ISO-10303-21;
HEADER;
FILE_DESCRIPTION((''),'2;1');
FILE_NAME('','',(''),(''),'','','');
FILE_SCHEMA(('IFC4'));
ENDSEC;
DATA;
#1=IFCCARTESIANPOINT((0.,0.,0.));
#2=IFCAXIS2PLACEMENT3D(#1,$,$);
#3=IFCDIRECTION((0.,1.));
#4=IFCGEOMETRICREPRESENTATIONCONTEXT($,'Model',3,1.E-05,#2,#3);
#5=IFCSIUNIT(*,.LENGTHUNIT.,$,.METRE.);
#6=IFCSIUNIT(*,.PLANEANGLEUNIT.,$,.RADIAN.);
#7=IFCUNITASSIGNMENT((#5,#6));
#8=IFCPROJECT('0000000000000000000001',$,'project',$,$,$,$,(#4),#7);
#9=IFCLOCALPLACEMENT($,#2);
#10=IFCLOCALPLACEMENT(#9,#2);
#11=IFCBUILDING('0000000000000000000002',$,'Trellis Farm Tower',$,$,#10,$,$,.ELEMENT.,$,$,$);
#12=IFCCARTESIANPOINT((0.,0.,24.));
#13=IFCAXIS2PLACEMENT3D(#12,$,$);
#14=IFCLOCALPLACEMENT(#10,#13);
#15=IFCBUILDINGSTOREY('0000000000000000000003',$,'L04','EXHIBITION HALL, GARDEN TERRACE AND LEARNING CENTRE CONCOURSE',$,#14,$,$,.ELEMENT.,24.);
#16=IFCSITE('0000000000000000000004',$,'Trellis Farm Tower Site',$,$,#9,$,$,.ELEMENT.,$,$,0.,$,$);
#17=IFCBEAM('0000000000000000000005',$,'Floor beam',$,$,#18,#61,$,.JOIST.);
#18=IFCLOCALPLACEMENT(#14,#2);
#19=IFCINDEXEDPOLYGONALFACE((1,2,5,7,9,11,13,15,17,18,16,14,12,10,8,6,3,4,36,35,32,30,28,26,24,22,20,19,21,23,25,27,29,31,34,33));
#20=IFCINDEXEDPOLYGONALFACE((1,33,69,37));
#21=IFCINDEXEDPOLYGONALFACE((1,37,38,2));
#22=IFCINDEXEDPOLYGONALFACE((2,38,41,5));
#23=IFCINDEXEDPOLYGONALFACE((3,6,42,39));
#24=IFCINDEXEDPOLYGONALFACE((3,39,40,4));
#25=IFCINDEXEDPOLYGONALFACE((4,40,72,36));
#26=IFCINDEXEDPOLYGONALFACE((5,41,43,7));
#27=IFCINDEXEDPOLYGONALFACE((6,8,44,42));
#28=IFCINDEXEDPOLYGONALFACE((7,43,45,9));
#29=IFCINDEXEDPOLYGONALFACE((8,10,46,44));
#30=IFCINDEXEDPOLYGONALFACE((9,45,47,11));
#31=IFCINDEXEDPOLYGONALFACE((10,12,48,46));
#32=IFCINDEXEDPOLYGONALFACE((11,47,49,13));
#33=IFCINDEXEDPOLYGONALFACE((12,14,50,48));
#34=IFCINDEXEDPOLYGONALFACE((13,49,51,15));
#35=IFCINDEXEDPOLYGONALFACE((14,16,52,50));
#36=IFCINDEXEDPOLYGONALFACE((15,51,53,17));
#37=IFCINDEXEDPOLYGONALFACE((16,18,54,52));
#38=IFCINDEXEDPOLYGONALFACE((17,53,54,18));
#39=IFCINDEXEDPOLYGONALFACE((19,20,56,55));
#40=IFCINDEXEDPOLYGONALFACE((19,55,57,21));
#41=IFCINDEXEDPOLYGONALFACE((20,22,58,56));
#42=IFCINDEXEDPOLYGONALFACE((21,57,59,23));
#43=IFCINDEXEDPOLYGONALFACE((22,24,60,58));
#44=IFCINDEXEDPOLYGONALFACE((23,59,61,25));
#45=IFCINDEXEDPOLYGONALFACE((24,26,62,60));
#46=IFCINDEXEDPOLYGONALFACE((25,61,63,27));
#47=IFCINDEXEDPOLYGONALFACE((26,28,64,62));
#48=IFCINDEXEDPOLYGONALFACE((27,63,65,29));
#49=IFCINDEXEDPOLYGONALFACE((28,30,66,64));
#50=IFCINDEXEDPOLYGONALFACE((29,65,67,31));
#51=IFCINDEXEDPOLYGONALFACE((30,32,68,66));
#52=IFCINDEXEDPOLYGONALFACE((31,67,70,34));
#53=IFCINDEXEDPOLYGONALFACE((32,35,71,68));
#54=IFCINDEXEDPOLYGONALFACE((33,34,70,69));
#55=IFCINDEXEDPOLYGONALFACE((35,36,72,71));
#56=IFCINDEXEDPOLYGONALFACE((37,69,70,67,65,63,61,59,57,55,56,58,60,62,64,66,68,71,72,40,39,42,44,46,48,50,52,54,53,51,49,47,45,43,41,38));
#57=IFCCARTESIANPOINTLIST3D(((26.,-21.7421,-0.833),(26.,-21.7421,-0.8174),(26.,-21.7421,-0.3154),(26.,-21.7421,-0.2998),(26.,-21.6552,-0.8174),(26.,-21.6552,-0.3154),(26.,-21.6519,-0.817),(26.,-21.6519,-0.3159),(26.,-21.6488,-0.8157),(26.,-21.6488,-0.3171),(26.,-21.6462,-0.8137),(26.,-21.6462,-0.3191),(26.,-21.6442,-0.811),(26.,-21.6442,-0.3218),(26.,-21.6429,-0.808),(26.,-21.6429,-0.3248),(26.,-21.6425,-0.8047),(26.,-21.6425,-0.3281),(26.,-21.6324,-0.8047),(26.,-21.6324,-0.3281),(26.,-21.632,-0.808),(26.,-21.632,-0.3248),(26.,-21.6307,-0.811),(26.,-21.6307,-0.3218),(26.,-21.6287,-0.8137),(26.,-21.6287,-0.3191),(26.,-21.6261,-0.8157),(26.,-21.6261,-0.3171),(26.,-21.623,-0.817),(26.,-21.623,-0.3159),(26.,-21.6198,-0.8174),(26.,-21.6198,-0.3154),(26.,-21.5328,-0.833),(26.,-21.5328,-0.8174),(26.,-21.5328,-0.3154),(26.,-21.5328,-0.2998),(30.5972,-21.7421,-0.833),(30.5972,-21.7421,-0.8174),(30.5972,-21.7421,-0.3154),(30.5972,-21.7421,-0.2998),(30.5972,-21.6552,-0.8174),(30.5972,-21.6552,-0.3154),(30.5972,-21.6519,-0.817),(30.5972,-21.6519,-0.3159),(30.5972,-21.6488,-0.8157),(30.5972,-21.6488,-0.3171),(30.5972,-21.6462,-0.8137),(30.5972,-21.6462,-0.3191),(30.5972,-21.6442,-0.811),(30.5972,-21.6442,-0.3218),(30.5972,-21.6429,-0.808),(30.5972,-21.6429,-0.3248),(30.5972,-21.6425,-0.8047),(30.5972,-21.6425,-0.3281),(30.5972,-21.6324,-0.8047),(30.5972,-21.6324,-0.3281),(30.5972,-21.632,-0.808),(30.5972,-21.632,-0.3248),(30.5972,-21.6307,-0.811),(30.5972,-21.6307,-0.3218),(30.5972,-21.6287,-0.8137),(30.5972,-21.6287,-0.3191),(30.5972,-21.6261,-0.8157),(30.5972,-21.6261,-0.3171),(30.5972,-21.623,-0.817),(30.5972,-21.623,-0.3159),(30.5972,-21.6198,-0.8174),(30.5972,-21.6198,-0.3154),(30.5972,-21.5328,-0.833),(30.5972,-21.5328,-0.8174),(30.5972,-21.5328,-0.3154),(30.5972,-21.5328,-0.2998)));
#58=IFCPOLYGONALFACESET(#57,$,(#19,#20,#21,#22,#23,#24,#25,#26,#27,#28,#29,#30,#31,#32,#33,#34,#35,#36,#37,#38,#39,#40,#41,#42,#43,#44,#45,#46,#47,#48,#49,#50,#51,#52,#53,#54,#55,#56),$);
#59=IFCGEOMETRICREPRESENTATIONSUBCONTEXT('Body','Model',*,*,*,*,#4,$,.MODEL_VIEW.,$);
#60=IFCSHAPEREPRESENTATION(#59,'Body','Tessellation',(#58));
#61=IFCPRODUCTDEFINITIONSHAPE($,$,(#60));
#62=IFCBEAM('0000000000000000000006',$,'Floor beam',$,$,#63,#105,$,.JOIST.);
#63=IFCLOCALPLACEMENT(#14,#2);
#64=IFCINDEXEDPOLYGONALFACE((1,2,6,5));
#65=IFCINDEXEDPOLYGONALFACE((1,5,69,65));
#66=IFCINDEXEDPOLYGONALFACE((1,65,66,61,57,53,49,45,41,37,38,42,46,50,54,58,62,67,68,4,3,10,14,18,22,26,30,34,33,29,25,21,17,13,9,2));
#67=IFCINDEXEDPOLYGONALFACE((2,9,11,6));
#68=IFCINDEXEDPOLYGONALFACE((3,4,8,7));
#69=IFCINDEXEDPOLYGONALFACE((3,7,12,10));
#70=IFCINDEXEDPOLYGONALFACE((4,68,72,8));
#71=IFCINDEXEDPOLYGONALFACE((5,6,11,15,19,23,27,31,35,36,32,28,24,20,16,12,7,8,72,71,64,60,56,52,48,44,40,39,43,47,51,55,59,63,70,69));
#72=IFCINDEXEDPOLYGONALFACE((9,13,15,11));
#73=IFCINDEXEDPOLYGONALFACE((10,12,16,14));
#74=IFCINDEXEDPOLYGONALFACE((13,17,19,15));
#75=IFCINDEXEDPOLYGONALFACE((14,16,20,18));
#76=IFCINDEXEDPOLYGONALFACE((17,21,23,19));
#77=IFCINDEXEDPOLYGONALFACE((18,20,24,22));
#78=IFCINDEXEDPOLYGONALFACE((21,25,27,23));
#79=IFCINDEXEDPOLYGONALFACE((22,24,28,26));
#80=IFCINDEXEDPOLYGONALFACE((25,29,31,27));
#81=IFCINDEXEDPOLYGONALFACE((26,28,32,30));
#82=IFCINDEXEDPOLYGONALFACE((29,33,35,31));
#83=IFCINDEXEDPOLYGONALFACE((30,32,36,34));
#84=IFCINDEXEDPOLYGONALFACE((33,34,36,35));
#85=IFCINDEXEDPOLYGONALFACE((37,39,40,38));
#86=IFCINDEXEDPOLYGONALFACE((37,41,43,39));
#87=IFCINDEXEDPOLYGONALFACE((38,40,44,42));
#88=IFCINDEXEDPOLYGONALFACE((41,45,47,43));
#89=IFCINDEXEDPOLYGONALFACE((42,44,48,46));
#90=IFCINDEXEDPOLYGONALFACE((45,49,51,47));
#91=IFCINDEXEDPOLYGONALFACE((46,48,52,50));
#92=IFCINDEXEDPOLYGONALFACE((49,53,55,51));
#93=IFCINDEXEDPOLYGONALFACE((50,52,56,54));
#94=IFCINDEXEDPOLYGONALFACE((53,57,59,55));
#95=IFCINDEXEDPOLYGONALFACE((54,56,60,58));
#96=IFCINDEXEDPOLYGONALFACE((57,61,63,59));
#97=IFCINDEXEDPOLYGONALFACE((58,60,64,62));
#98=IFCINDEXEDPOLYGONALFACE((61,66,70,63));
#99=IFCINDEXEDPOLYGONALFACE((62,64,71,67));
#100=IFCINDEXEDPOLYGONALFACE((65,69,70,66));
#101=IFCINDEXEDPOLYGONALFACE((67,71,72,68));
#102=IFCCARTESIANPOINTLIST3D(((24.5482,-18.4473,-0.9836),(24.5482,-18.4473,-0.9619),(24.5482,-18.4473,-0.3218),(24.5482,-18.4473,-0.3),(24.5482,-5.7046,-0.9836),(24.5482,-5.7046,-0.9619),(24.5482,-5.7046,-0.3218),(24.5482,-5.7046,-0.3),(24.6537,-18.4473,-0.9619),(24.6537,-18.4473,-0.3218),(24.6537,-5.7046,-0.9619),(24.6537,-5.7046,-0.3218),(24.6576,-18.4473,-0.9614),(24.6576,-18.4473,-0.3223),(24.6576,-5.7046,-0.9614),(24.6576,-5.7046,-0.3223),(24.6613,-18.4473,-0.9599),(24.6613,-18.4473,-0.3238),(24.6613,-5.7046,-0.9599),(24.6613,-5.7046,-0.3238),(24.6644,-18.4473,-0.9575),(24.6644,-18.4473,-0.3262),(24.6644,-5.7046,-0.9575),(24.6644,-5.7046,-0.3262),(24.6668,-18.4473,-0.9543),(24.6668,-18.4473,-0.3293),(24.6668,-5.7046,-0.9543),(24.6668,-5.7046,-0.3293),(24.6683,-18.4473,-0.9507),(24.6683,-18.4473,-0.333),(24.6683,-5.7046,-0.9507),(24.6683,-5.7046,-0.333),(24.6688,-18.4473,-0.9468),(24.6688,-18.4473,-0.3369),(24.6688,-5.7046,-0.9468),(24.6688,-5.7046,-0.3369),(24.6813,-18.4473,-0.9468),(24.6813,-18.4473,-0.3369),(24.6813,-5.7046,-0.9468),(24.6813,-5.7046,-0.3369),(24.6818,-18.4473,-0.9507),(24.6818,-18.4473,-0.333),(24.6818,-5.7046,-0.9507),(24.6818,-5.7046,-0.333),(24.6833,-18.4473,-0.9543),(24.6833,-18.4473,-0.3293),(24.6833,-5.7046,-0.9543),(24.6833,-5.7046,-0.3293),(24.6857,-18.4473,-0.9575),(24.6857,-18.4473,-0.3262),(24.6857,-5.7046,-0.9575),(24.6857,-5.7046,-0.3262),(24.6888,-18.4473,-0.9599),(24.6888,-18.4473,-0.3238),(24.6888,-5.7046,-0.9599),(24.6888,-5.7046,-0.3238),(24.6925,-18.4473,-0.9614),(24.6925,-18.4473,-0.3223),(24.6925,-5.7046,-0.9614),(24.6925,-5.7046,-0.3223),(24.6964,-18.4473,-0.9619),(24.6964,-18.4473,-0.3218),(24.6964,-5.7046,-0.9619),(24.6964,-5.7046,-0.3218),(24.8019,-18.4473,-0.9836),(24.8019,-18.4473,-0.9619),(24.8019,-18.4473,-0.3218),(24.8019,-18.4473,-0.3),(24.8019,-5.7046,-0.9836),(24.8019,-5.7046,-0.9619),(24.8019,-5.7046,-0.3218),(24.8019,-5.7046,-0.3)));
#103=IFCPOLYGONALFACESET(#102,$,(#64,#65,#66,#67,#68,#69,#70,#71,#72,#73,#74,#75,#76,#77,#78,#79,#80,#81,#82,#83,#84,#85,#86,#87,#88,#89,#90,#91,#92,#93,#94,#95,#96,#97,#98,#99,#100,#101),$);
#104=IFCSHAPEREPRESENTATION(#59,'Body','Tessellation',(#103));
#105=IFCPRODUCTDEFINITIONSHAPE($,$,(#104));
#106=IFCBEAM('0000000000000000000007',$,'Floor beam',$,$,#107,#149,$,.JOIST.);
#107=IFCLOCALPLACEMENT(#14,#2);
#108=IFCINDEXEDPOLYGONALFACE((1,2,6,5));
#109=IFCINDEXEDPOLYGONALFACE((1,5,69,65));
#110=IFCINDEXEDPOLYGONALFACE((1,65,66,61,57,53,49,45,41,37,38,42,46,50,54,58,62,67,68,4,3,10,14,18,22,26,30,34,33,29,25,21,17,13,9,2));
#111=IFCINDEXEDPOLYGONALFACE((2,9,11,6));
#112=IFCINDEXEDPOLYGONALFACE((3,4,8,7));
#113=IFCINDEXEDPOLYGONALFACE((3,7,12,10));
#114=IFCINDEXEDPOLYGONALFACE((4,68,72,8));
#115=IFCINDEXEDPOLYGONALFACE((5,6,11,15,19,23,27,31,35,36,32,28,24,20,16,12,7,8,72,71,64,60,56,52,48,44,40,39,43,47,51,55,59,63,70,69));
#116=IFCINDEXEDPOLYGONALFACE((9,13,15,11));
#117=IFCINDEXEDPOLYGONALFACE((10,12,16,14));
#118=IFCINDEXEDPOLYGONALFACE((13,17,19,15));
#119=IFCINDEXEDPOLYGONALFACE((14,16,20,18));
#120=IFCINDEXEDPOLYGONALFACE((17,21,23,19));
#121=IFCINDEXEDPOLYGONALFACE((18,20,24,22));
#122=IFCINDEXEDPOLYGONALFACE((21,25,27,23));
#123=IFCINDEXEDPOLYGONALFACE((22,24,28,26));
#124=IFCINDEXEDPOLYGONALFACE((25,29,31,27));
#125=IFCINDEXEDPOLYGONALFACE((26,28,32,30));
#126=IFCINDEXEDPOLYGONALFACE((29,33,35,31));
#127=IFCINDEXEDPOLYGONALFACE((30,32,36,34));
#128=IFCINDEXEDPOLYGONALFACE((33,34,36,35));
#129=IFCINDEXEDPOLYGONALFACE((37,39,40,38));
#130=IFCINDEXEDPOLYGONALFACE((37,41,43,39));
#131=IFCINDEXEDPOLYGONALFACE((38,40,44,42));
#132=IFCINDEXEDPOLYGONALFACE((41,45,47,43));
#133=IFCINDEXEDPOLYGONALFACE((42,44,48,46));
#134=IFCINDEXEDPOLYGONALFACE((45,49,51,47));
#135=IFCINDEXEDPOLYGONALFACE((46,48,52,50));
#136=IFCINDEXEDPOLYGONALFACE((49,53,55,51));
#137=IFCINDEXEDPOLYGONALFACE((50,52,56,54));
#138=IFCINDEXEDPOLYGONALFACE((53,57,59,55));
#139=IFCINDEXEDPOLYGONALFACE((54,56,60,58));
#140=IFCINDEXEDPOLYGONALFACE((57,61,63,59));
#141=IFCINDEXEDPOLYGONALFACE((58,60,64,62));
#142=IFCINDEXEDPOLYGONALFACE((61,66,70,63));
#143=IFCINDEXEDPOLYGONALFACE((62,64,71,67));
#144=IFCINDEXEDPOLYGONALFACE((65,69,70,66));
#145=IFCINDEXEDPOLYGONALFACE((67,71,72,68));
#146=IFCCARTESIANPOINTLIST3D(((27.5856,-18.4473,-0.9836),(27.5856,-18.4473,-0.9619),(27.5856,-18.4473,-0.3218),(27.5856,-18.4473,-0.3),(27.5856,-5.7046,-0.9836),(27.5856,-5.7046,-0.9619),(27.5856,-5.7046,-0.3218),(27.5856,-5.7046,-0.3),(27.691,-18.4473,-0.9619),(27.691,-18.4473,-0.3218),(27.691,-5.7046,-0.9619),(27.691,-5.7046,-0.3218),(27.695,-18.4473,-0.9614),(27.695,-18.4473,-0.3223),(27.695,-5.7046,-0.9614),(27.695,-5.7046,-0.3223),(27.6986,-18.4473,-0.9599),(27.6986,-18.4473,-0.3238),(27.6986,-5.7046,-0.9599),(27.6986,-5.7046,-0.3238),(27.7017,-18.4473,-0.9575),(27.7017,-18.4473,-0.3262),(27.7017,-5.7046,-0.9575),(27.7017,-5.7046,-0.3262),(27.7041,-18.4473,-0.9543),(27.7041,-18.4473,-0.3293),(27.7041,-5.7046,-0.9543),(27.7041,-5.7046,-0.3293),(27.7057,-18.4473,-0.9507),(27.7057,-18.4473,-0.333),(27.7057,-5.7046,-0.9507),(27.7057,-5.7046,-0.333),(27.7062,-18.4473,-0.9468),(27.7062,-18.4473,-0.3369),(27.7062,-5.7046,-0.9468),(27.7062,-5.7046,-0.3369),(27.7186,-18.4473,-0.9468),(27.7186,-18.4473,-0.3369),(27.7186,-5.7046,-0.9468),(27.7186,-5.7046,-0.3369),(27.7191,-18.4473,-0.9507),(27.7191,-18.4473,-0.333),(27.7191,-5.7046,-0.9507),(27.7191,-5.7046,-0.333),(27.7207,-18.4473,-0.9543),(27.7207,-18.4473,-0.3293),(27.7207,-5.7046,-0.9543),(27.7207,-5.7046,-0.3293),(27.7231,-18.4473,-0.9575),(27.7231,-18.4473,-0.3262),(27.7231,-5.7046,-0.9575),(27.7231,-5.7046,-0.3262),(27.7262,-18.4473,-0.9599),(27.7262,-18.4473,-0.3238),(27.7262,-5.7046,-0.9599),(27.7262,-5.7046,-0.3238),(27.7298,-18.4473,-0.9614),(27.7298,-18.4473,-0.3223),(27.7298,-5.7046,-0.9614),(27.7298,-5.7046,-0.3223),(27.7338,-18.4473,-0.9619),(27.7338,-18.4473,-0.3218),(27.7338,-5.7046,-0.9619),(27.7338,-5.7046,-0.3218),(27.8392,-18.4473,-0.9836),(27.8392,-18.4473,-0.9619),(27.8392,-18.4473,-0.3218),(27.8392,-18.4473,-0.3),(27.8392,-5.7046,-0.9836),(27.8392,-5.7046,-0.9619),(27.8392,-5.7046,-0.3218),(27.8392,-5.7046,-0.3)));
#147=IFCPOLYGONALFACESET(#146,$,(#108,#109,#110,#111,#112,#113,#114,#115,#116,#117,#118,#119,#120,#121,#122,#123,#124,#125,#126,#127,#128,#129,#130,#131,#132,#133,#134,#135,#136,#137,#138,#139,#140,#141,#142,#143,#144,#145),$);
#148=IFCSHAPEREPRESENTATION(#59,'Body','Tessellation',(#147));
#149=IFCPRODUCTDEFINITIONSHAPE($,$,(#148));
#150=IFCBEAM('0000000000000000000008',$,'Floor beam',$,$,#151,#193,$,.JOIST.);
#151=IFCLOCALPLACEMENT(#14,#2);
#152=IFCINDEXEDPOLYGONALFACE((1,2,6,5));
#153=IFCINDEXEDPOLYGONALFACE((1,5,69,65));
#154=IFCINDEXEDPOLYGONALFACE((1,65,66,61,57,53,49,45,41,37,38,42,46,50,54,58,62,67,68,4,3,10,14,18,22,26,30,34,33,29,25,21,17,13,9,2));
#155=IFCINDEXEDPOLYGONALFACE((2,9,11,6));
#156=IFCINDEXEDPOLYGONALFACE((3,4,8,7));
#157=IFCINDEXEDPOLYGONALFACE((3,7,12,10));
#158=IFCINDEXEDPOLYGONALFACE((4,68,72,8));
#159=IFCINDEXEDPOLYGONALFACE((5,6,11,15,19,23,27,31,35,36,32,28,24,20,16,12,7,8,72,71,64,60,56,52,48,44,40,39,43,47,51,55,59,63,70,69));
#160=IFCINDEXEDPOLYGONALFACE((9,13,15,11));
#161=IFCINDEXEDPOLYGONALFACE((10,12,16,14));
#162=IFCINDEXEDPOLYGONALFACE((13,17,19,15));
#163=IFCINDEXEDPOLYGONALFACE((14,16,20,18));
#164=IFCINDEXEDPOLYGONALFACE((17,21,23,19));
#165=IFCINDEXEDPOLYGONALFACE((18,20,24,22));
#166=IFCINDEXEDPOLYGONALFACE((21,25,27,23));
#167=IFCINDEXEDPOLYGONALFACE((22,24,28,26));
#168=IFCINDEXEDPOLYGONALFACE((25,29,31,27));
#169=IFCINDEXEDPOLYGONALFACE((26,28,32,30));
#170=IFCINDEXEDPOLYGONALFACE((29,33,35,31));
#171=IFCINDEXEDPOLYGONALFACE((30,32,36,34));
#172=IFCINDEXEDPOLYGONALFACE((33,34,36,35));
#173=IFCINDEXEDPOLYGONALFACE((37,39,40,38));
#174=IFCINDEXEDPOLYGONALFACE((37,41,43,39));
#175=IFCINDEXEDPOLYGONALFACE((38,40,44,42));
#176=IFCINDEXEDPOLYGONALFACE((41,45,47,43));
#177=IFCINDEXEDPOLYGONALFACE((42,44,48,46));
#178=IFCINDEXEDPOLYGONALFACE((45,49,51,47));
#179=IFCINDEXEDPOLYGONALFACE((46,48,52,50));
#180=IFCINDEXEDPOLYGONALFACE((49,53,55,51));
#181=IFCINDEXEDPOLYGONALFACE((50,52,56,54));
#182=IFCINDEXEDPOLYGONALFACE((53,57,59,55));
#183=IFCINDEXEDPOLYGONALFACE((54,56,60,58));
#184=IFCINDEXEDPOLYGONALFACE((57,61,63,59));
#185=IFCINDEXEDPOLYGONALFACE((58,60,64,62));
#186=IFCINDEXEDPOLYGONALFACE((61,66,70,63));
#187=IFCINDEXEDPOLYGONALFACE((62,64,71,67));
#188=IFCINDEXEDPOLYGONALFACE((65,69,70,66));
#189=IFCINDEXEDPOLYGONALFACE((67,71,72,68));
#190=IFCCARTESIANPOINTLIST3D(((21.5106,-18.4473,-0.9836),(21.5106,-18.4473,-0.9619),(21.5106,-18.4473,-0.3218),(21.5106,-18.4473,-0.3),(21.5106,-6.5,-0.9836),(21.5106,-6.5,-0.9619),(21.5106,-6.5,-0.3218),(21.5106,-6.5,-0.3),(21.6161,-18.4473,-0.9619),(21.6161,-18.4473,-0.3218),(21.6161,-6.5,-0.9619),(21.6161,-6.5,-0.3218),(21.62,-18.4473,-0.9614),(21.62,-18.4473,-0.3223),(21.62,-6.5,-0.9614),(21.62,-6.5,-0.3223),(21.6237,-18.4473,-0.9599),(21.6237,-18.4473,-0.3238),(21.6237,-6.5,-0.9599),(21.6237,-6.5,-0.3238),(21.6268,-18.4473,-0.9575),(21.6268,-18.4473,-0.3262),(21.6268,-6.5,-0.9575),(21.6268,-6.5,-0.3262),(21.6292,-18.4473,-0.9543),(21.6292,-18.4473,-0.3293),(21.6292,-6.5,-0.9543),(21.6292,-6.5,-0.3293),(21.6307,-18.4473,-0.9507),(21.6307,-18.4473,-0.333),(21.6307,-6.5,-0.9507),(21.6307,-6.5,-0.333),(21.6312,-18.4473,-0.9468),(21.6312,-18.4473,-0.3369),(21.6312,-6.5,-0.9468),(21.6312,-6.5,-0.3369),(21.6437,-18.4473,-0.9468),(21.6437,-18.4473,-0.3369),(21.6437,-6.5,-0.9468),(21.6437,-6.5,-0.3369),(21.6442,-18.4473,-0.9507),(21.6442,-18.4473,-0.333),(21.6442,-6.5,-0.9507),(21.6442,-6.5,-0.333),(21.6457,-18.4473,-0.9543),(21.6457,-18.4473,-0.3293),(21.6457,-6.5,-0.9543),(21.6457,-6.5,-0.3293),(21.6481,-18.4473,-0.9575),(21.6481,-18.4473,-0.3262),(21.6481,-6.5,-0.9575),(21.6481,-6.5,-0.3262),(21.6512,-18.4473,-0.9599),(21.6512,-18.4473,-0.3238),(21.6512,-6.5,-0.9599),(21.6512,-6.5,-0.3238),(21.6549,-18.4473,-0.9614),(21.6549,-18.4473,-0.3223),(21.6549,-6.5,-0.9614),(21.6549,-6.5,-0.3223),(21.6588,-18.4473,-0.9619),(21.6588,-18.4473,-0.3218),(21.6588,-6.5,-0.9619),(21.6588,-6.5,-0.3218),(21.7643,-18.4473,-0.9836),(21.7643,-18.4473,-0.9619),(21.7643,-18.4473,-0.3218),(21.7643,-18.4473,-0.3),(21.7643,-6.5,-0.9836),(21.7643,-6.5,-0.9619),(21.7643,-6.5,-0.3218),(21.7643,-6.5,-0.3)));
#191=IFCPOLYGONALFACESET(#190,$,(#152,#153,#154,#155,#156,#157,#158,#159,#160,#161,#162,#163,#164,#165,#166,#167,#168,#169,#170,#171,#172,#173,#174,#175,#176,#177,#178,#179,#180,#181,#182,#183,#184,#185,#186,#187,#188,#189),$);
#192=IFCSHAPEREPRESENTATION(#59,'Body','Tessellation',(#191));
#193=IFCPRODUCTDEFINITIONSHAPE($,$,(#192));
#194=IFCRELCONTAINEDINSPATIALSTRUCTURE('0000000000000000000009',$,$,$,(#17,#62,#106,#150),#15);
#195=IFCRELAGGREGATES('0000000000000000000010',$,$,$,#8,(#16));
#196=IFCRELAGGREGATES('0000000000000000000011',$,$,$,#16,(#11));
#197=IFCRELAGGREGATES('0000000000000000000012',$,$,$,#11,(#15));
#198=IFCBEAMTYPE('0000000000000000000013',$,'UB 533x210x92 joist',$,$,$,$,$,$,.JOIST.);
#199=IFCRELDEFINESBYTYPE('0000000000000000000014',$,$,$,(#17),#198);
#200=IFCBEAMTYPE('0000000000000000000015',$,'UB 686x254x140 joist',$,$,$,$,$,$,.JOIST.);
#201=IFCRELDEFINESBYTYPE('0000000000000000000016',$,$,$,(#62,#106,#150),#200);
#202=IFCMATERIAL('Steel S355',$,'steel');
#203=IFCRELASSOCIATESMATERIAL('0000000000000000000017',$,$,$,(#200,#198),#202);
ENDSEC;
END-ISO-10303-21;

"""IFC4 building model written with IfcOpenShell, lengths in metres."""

from ifc_helpers import new_model, si_unit, direction, frame, origin, origin_2d, place, context, subcontext, project, spatial, i_section, extrude, source, transform, mapped, material, material_profile, profile_set, type_object, element, save


model = new_model("IFC4")

# Units and contexts
model_context = context("Model", 3, precision=1e-05, world=origin(), true_north=direction((0.0, 1.0)))
body_context = subcontext(model_context, "Body", "Model", "MODEL_VIEW")
ifc_project = project(units=[si_unit("LENGTHUNIT", "METRE"), si_unit("PLANEANGLEUNIT", "RADIAN")], contexts=[model_context])

# Site, building, storey
site_placement = place(None, origin())
site = spatial("IfcSite", under=ifc_project, at=site_placement, Name="Trellis Farm Tower Site", CompositionType="ELEMENT", RefElevation=0.0)
building_placement = place(site_placement, origin())
building = spatial("IfcBuilding", under=site, at=building_placement, Name="Trellis Farm Tower", CompositionType="ELEMENT")
storey_placement = place(building_placement, frame((0.0, 0.0, 24.0)))
storey = spatial("IfcBuildingStorey", under=building, at=storey_placement, Name="L04", Description="EXHIBITION HALL, GARDEN TERRACE AND LEARNING CENTRE CONCOURSE", CompositionType="ELEMENT", Elevation=24.0)

# Beams
ifc_material_1 = material(Name="Steel S355", Category="steel")
ifc_material_profile_1 = material_profile(ifc_material_1, i_section(OverallWidth=0.2537, OverallDepth=0.6836, WebThickness=0.0125, FlangeThickness=0.0217, FilletRadius=0.0151, at=origin_2d()), Name="UB 686x254x140")
ifc_profile_set_1 = profile_set([ifc_material_profile_1], Name="Steel S355")
beam_type_1 = type_object("IfcBeamType", Name="UB 686x254x140 joist", PredefinedType="JOIST", material=ifc_profile_set_1)
ifc_material_profile_2 = material_profile(ifc_material_1, i_section(OverallWidth=0.2092, OverallDepth=0.5332, WebThickness=0.01, FlangeThickness=0.0156, FilletRadius=0.0127, at=origin_2d()), Name="UB 533x210x92")
ifc_profile_set_2 = profile_set([ifc_material_profile_2], Name="Steel S355")
beam_type_2 = type_object("IfcBeamType", Name="UB 533x210x92 joist", PredefinedType="JOIST", material=ifc_profile_set_2)
shared_shape_1 = source(origin(), body_context, "Body", "SweptSolid", [
    extrude(i_section(OverallWidth=0.2092, OverallDepth=0.5332, WebThickness=0.01, FlangeThickness=0.0156, FilletRadius=0.0127, at=origin_2d()), origin(), (0.0, 0.0, 1.0), 4.5972),
])
beam_1_placement = place(storey_placement, frame((26.0, -21.6375, -0.5664), z_axis=(1.0, 0.0, 0.0), x_axis=(0.0, 1.0, 0.0)))
element("IfcBeam", 1, at=beam_1_placement, inside=storey, type_object=beam_type_2, Name="Floor beam", PredefinedType="JOIST", context=body_context, shape_type="MappedRepresentation", body=[
    mapped(shared_shape_1, transform((0.0, 0.0, 0.0))),
])
shared_shape_2 = source(origin(), body_context, "Body", "SweptSolid", [
    extrude(i_section(OverallWidth=0.2537, OverallDepth=0.6836, WebThickness=0.0125, FlangeThickness=0.0217, FilletRadius=0.0151, at=origin_2d()), origin(), (0.0, 0.0, 1.0), 12.7427),
])
for number, where, z_axis, x_axis, name in (
    (2, (24.675, -18.4473, -0.6418), (0.0, 1.0, 0.0), (-1.0, 0.0, 0.0), "Floor beam"),
    (3, (27.7124, -18.4473, -0.6418), (0.0, 1.0, 0.0), (-1.0, 0.0, 0.0), "Floor beam"),
):
    element("IfcBeam", number, at=place(storey_placement, frame(where, z_axis=z_axis, x_axis=x_axis)), inside=storey, type_object=beam_type_1, Name=name, PredefinedType="JOIST", context=body_context, shape_type="MappedRepresentation", body=[
        mapped(shared_shape_2, transform((0.0, 0.0, 0.0))),
    ])
shared_shape_3 = source(origin(), body_context, "Body", "SweptSolid", [
    extrude(i_section(OverallWidth=0.2537, OverallDepth=0.6836, WebThickness=0.0125, FlangeThickness=0.0217, FilletRadius=0.0151, at=origin_2d()), origin(), (0.0, 0.0, 1.0), 11.9473),
])
beam_2_placement = place(storey_placement, frame((21.6375, -18.4473, -0.6418), z_axis=(0.0, 1.0, 0.0), x_axis=(-1.0, 0.0, 0.0)))
element("IfcBeam", 4, at=beam_2_placement, inside=storey, type_object=beam_type_1, Name="Floor beam", PredefinedType="JOIST", context=body_context, shape_type="MappedRepresentation", body=[
    mapped(shared_shape_3, transform((0.0, 0.0, 0.0))),
])

save(model, "model.ifc")
